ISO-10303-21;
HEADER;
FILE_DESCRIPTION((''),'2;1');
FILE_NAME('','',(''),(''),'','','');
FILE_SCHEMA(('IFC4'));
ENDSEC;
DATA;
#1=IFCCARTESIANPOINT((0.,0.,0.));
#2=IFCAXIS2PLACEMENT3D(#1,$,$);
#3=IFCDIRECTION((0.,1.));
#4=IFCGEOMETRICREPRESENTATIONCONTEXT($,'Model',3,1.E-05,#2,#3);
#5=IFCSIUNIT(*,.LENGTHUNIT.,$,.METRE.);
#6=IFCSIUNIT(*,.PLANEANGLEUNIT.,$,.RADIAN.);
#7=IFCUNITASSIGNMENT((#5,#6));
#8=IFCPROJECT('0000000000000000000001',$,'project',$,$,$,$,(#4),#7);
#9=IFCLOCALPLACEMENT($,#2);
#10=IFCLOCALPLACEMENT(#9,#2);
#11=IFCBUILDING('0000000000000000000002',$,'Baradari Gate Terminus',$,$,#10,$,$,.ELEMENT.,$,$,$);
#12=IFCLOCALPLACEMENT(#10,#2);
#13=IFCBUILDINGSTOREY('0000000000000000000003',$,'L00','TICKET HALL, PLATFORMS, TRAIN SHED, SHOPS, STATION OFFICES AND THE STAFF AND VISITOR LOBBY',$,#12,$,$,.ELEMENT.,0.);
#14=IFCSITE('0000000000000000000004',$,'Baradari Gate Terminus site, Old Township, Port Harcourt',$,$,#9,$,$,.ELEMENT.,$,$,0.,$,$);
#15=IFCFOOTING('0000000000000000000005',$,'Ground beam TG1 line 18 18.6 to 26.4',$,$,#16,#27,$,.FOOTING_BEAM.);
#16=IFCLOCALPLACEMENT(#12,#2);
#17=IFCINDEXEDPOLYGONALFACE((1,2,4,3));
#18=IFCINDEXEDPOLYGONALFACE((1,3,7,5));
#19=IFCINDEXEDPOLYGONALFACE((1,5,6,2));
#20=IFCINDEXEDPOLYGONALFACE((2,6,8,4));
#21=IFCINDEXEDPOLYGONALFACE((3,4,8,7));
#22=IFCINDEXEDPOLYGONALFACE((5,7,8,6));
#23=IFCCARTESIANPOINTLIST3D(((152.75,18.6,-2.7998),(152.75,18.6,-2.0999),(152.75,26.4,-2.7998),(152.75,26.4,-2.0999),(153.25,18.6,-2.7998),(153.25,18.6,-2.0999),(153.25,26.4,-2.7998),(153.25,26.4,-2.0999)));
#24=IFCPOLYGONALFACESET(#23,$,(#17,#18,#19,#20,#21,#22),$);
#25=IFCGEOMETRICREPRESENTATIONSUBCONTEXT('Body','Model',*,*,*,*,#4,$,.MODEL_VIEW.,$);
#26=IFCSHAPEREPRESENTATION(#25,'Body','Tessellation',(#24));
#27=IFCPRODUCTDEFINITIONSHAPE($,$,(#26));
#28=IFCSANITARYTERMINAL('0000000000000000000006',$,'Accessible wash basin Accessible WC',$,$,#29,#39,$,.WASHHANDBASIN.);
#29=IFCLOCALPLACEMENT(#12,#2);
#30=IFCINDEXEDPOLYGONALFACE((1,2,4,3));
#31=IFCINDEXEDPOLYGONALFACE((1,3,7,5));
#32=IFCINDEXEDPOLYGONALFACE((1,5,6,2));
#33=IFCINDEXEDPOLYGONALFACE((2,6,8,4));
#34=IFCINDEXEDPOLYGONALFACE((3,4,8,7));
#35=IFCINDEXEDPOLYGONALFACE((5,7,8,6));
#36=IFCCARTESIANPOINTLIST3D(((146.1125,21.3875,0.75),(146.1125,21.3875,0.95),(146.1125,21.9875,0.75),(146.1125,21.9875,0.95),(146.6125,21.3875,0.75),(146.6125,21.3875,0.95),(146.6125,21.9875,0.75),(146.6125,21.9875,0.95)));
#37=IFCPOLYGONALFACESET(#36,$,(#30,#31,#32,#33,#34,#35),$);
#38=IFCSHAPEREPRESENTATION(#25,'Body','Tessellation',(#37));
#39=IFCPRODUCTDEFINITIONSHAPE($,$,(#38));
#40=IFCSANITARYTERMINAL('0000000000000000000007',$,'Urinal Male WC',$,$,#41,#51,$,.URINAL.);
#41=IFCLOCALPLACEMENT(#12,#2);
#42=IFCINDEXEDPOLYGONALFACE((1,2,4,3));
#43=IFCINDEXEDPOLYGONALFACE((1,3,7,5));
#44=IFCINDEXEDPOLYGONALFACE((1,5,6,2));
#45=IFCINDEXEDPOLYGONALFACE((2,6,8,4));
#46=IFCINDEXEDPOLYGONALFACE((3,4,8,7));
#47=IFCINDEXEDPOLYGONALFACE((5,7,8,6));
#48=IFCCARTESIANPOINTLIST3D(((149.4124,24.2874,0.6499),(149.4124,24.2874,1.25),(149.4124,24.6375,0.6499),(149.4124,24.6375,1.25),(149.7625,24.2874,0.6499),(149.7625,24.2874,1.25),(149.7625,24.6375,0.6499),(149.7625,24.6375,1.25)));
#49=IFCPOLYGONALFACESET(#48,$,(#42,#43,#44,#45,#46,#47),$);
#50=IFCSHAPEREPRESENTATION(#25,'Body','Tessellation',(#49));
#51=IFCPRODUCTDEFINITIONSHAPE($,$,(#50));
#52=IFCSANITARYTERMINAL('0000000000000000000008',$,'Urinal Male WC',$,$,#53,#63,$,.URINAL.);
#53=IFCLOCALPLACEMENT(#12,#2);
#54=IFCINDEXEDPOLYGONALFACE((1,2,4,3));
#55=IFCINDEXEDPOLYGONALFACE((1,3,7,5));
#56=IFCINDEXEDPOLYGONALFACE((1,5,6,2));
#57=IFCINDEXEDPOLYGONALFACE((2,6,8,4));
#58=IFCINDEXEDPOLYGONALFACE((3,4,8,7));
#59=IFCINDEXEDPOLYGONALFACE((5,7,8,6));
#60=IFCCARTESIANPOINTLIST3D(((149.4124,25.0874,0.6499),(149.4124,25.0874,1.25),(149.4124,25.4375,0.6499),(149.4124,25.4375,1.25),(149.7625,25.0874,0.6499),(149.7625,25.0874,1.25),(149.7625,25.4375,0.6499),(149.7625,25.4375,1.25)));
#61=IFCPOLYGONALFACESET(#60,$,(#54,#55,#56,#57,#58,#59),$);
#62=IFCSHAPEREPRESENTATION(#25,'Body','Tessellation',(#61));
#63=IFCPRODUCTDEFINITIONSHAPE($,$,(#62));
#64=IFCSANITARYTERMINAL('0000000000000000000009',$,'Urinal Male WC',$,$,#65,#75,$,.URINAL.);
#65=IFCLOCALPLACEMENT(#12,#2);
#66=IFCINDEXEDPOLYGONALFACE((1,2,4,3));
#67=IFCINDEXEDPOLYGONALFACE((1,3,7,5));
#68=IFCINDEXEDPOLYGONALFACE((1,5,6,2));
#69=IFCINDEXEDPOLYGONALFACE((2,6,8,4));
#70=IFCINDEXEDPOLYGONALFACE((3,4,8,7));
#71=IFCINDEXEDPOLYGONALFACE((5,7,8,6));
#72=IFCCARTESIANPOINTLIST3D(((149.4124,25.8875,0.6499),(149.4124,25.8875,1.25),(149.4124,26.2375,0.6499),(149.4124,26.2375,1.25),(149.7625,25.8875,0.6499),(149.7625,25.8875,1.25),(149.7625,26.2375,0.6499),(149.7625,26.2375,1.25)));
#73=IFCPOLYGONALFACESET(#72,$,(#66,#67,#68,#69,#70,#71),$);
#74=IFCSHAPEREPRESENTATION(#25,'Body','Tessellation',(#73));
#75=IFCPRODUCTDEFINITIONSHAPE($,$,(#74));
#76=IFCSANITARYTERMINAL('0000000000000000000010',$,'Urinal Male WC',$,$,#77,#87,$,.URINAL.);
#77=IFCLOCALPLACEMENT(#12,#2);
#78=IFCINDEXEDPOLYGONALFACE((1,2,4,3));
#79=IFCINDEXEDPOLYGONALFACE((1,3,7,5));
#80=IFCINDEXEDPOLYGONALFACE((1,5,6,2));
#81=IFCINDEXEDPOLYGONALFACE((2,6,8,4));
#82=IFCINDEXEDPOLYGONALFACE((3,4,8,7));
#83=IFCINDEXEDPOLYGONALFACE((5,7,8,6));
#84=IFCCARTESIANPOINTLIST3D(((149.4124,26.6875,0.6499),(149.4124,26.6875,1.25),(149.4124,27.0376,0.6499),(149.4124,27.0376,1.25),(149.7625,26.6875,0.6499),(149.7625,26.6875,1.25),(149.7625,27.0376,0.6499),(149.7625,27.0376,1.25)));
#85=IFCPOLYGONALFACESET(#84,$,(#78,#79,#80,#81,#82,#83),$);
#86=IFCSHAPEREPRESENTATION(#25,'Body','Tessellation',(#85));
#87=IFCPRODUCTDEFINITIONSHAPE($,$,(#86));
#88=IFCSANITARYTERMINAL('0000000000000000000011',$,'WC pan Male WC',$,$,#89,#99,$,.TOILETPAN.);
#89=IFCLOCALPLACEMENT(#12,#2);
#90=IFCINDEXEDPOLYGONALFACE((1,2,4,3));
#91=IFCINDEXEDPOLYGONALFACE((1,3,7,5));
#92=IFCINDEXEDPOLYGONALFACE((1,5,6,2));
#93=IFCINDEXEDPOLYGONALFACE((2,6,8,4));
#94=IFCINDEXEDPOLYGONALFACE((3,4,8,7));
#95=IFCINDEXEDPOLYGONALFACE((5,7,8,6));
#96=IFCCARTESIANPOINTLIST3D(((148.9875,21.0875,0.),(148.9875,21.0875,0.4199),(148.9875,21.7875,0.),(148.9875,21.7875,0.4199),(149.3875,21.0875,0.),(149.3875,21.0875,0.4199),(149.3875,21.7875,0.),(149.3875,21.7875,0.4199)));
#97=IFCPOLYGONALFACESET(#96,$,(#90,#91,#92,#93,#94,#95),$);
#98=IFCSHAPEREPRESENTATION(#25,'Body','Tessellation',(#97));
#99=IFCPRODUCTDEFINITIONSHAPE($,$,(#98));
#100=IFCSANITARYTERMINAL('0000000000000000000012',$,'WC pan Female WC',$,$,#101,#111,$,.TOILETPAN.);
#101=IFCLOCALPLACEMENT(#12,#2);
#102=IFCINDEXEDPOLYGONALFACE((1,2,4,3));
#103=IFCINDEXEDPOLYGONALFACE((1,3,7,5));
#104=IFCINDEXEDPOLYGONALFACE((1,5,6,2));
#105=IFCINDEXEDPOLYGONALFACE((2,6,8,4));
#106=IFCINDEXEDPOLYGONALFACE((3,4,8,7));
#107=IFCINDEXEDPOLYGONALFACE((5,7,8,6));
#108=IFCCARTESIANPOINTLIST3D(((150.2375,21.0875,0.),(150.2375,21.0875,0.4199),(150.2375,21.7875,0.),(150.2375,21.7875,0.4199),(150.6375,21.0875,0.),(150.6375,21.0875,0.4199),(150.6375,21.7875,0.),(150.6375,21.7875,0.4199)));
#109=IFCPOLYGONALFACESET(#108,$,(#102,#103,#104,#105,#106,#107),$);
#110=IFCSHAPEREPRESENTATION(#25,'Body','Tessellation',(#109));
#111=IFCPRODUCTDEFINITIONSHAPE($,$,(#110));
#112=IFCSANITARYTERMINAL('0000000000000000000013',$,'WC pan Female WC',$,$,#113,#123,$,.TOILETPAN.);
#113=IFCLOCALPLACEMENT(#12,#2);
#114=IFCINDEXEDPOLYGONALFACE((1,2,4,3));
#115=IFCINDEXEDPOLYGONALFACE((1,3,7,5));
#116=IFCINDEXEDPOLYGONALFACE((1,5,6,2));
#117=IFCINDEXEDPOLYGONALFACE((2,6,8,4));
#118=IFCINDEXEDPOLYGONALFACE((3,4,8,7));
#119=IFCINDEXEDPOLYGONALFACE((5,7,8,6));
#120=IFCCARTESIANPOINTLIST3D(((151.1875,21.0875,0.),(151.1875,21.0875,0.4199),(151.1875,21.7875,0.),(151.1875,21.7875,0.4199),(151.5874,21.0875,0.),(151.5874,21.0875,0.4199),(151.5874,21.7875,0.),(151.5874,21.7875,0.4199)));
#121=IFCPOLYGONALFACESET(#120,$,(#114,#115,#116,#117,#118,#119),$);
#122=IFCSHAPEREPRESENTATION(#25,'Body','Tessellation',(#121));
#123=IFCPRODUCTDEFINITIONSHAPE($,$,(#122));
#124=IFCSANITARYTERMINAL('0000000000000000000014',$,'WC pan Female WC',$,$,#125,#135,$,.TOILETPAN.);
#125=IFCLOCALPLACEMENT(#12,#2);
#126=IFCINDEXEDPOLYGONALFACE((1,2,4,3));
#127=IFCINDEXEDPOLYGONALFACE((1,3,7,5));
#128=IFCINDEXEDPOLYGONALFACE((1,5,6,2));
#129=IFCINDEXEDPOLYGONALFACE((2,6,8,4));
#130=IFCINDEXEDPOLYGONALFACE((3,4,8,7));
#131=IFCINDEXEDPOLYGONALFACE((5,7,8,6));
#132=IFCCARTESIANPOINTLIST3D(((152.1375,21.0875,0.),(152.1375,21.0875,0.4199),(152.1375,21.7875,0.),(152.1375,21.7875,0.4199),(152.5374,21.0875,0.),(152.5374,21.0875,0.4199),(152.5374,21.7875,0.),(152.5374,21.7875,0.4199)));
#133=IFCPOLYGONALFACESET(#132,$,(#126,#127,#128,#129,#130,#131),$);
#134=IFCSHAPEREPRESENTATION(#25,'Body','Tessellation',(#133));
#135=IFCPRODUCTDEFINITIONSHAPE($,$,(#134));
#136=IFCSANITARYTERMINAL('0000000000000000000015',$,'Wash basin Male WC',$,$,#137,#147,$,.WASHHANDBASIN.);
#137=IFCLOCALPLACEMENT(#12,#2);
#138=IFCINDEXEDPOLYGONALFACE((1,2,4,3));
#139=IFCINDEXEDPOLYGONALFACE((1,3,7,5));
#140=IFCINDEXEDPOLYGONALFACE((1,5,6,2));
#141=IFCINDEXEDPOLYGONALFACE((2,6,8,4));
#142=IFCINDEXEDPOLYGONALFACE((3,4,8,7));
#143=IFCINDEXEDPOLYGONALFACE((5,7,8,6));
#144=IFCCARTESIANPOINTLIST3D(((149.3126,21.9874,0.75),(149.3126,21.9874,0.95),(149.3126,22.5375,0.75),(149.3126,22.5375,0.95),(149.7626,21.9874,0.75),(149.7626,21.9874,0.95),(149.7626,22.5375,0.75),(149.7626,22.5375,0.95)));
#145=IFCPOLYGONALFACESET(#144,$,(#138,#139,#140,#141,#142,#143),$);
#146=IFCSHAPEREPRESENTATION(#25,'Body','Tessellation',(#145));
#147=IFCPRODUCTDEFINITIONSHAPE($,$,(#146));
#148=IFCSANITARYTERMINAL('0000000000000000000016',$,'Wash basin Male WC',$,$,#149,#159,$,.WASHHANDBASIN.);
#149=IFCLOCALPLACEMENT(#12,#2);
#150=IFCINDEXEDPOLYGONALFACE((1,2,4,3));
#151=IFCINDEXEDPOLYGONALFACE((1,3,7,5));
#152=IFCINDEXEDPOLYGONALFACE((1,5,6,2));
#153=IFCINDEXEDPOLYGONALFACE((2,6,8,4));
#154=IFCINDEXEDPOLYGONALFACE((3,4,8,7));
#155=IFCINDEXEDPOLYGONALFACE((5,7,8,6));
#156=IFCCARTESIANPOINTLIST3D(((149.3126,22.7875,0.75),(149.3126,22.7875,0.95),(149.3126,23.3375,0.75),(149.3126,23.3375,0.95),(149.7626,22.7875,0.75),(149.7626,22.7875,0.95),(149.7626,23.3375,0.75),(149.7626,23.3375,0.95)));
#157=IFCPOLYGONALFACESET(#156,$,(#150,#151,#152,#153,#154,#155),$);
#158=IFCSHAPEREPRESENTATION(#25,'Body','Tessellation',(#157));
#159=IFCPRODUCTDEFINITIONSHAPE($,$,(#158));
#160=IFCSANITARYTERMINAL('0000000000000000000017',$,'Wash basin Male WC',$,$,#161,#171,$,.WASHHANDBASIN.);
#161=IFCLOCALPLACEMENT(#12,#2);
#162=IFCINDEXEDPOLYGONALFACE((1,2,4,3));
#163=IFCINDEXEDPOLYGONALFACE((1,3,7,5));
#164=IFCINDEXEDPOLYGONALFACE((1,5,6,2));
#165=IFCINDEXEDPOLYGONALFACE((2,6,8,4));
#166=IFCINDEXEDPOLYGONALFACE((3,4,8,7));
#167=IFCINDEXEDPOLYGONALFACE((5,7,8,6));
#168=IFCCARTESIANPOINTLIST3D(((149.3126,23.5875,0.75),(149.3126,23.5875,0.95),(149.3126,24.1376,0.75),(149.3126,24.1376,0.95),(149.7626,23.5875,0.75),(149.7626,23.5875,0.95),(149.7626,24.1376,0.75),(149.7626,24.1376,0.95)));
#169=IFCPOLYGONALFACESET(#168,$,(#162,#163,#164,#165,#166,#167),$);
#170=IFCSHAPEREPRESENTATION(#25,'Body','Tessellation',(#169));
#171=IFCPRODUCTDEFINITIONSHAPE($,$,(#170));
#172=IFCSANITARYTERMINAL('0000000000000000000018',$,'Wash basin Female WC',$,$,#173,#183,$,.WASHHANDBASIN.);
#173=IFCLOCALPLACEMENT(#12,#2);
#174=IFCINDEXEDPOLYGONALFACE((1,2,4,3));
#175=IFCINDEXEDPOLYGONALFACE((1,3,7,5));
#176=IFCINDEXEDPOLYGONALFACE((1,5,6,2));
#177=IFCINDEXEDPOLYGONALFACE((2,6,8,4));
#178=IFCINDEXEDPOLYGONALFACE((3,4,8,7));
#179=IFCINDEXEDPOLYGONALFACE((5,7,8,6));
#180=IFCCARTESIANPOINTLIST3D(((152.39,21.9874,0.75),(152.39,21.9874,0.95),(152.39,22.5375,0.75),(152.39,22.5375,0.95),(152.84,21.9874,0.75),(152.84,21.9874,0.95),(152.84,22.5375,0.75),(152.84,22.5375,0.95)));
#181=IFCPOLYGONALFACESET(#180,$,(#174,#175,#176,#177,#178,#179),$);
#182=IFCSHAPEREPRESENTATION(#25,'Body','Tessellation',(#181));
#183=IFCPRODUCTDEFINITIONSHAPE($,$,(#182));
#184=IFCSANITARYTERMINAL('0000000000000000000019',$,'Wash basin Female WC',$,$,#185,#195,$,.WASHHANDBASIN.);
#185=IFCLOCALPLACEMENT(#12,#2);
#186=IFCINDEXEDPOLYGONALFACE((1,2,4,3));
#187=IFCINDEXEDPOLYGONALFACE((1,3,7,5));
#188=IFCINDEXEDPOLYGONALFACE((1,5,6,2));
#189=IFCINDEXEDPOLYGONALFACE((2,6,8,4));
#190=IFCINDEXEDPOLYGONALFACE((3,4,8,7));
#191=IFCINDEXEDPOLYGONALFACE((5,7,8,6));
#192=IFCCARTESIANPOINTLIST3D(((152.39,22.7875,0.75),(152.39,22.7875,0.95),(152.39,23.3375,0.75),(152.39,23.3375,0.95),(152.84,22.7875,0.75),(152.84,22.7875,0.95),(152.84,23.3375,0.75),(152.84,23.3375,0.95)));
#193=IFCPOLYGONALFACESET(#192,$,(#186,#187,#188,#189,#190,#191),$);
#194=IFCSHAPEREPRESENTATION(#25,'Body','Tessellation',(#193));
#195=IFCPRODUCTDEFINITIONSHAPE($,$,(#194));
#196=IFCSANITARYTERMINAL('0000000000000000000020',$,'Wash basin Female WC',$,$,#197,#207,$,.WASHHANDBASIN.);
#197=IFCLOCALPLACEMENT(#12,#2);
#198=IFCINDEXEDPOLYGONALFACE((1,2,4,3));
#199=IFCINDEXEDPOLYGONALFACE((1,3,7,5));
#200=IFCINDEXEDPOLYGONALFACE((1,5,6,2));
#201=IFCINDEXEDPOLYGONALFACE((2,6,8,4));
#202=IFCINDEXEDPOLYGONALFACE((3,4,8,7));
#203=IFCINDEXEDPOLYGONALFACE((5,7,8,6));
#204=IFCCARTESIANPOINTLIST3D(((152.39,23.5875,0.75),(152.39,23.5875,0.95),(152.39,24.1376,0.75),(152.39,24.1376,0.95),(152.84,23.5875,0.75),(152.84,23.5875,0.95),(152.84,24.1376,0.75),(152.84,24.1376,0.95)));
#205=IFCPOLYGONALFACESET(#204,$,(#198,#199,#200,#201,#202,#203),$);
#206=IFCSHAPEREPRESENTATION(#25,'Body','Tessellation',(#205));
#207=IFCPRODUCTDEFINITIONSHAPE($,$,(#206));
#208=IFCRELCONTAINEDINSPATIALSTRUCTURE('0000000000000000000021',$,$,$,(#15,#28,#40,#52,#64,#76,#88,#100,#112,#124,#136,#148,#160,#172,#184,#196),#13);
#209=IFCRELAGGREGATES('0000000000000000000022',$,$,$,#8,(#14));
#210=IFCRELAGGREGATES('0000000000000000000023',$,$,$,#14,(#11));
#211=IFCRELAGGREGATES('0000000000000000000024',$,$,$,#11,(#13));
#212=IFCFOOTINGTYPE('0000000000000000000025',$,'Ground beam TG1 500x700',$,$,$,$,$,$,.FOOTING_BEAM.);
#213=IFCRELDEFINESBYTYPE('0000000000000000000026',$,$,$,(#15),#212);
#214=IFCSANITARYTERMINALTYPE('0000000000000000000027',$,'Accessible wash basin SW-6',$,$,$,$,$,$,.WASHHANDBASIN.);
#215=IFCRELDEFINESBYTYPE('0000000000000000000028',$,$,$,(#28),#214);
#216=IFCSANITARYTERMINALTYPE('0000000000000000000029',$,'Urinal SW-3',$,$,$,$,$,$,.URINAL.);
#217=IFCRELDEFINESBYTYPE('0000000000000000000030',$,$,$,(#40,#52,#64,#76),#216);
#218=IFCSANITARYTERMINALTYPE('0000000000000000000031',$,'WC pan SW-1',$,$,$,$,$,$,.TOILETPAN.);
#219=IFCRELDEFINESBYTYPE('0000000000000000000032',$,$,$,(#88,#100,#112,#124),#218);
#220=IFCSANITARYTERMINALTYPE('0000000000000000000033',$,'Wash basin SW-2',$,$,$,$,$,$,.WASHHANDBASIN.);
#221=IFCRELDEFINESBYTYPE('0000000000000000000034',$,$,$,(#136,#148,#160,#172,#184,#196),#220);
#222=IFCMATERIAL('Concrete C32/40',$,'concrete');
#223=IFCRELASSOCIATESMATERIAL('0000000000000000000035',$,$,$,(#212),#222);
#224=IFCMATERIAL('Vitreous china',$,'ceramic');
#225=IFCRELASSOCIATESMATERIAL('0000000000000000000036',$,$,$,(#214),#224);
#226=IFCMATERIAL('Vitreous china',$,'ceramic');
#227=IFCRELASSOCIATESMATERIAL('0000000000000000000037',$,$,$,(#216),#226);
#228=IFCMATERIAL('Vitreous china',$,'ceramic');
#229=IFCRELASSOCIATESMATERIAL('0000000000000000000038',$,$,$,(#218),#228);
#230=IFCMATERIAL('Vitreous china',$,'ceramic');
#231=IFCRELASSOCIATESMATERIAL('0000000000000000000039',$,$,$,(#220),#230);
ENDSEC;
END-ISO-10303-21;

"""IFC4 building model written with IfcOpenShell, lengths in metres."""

from ifc_helpers import new_model, si_unit, direction, frame, origin, origin_2d, place, context, subcontext, project, spatial, rectangle, extrude, material, type_object, element, save


model = new_model("IFC4")

# Units and contexts
model_context = context("Model", 3, precision=1e-05, world=origin(), true_north=direction((0.0, 1.0)))
body_context = subcontext(model_context, "Body", "Model", "MODEL_VIEW")
ifc_project = project(units=[si_unit("LENGTHUNIT", "METRE"), si_unit("PLANEANGLEUNIT", "RADIAN")], contexts=[model_context])

# Site, building, storey
site_placement = place(None, origin())
site = spatial("IfcSite", under=ifc_project, at=site_placement, Name="Baradari Gate Terminus site, Old Township, Port Harcourt", CompositionType="ELEMENT", RefElevation=0.0)
building_placement = place(site_placement, origin())
building = spatial("IfcBuilding", under=site, at=building_placement, Name="Baradari Gate Terminus", CompositionType="ELEMENT")
storey_placement = place(building_placement, origin())
storey = spatial("IfcBuildingStorey", under=building, at=storey_placement, Name="L00", Description="TICKET HALL, PLATFORMS, TRAIN SHED, SHOPS, STATION OFFICES AND THE STAFF AND VISITOR LOBBY", CompositionType="ELEMENT", Elevation=0.0)

# Footing
ifc_material_1 = material(Name="Concrete C32/40", Category="concrete")
footing_type = type_object("IfcFootingType", Name="Ground beam TG1 500x700", PredefinedType="FOOTING_BEAM", material=ifc_material_1)
footing_placement = place(storey_placement, frame((153.0, 22.5, -2.7998), z_axis=(0.0, 0.0, 1.0), x_axis=(1.0, 0.0, 0.0)))
element("IfcFooting", 1, at=footing_placement, inside=storey, type_object=footing_type, Name="Ground beam TG1 line 18 18.6 to 26.4", PredefinedType="FOOTING_BEAM", context=body_context, shape_type="SweptSolid", body=[
    extrude(rectangle(XDim=0.5, YDim=7.8, at=origin_2d()), origin(), (0.0, 0.0, 1.0), 0.7),
])

# Sanitary terminals
ifc_material_2 = material(Name="Vitreous china", Category="ceramic")
sanitary_terminal_type_1 = type_object("IfcSanitaryTerminalType", Name="Accessible wash basin SW-6", PredefinedType="WASHHANDBASIN", material=ifc_material_2)
sanitary_terminal_placement = place(storey_placement, frame((146.3625, 21.6875, 0.75), z_axis=(0.0, 0.0, 1.0), x_axis=(1.0, 0.0, 0.0)))
element("IfcSanitaryTerminal", 2, at=sanitary_terminal_placement, inside=storey, type_object=sanitary_terminal_type_1, Name="Accessible wash basin Accessible WC", PredefinedType="WASHHANDBASIN", context=body_context, shape_type="SweptSolid", body=[
    extrude(rectangle(XDim=0.5, YDim=0.6001, at=origin_2d()), origin(), (0.0, 0.0, 1.0), 0.2),
])
ifc_material_3 = material(Name="Vitreous china", Category="ceramic")
sanitary_terminal_type_2 = type_object("IfcSanitaryTerminalType", Name="Urinal SW-3", PredefinedType="URINAL", material=ifc_material_3)
for number, where, z_axis, x_axis, name in (
    (3, (149.5874, 24.4624, 0.6499), (0.0, 0.0, 1.0), (1.0, 0.0, 0.0), "Urinal Male WC"),
    (4, (149.5874, 25.2625, 0.6499), (0.0, 0.0, 1.0), (1.0, 0.0, 0.0), "Urinal Male WC"),
    (5, (149.5874, 26.0625, 0.6499), (0.0, 0.0, 1.0), (1.0, 0.0, 0.0), "Urinal Male WC"),
    (6, (149.5874, 26.8625, 0.6499), (0.0, 0.0, 1.0), (1.0, 0.0, 0.0), "Urinal Male WC"),
):
    element("IfcSanitaryTerminal", number, at=place(storey_placement, frame(where, z_axis=z_axis, x_axis=x_axis)), inside=storey, type_object=sanitary_terminal_type_2, Name=name, PredefinedType="URINAL", context=body_context, shape_type="SweptSolid", body=[
        extrude(rectangle(XDim=0.3501, YDim=0.3501, at=origin_2d()), origin(), (0.0, 0.0, 1.0), 0.6001),
    ])
ifc_material_4 = material(Name="Vitreous china", Category="ceramic")
sanitary_terminal_type_3 = type_object("IfcSanitaryTerminalType", Name="WC pan SW-1", PredefinedType="TOILETPAN", material=ifc_material_4)
for number, where, z_axis, x_axis, name in (
    (7, (149.1875, 21.4375, 0.0), (0.0, 0.0, 1.0), (1.0, 0.0, 0.0), "WC pan Male WC"),
    (8, (150.4375, 21.4375, 0.0), (0.0, 0.0, 1.0), (1.0, 0.0, 0.0), "WC pan Female WC"),
    (9, (151.3875, 21.4375, 0.0), (0.0, 0.0, 1.0), (1.0, 0.0, 0.0), "WC pan Female WC"),
    (10, (152.3374, 21.4375, 0.0), (0.0, 0.0, 1.0), (1.0, 0.0, 0.0), "WC pan Female WC"),
):
    element("IfcSanitaryTerminal", number, at=place(storey_placement, frame(where, z_axis=z_axis, x_axis=x_axis)), inside=storey, type_object=sanitary_terminal_type_3, Name=name, PredefinedType="TOILETPAN", context=body_context, shape_type="SweptSolid", body=[
        extrude(rectangle(XDim=0.3999, YDim=0.7, at=origin_2d()), origin(), (0.0, 0.0, 1.0), 0.4199),
    ])
ifc_material_5 = material(Name="Vitreous china", Category="ceramic")
sanitary_terminal_type_4 = type_object("IfcSanitaryTerminalType", Name="Wash basin SW-2", PredefinedType="WASHHANDBASIN", material=ifc_material_5)
for number, where, z_axis, x_axis, name in (
    (11, (149.5376, 22.2625, 0.75), (0.0, 0.0, 1.0), (1.0, 0.0, 0.0), "Wash basin Male WC"),
    (12, (149.5376, 23.0625, 0.75), (0.0, 0.0, 1.0), (1.0, 0.0, 0.0), "Wash basin Male WC"),
    (13, (149.5376, 23.8625, 0.75), (0.0, 0.0, 1.0), (1.0, 0.0, 0.0), "Wash basin Male WC"),
    (14, (152.615, 22.2625, 0.75), (0.0, 0.0, 1.0), (1.0, 0.0, 0.0), "Wash basin Female WC"),
    (15, (152.615, 23.0625, 0.75), (0.0, 0.0, 1.0), (1.0, 0.0, 0.0), "Wash basin Female WC"),
    (16, (152.615, 23.8625, 0.75), (0.0, 0.0, 1.0), (1.0, 0.0, 0.0), "Wash basin Female WC"),
):
    element("IfcSanitaryTerminal", number, at=place(storey_placement, frame(where, z_axis=z_axis, x_axis=x_axis)), inside=storey, type_object=sanitary_terminal_type_4, Name=name, PredefinedType="WASHHANDBASIN", context=body_context, shape_type="SweptSolid", body=[
        extrude(rectangle(XDim=0.45, YDim=0.55, at=origin_2d()), origin(), (0.0, 0.0, 1.0), 0.2),
    ])

save(model, "model.ifc")
